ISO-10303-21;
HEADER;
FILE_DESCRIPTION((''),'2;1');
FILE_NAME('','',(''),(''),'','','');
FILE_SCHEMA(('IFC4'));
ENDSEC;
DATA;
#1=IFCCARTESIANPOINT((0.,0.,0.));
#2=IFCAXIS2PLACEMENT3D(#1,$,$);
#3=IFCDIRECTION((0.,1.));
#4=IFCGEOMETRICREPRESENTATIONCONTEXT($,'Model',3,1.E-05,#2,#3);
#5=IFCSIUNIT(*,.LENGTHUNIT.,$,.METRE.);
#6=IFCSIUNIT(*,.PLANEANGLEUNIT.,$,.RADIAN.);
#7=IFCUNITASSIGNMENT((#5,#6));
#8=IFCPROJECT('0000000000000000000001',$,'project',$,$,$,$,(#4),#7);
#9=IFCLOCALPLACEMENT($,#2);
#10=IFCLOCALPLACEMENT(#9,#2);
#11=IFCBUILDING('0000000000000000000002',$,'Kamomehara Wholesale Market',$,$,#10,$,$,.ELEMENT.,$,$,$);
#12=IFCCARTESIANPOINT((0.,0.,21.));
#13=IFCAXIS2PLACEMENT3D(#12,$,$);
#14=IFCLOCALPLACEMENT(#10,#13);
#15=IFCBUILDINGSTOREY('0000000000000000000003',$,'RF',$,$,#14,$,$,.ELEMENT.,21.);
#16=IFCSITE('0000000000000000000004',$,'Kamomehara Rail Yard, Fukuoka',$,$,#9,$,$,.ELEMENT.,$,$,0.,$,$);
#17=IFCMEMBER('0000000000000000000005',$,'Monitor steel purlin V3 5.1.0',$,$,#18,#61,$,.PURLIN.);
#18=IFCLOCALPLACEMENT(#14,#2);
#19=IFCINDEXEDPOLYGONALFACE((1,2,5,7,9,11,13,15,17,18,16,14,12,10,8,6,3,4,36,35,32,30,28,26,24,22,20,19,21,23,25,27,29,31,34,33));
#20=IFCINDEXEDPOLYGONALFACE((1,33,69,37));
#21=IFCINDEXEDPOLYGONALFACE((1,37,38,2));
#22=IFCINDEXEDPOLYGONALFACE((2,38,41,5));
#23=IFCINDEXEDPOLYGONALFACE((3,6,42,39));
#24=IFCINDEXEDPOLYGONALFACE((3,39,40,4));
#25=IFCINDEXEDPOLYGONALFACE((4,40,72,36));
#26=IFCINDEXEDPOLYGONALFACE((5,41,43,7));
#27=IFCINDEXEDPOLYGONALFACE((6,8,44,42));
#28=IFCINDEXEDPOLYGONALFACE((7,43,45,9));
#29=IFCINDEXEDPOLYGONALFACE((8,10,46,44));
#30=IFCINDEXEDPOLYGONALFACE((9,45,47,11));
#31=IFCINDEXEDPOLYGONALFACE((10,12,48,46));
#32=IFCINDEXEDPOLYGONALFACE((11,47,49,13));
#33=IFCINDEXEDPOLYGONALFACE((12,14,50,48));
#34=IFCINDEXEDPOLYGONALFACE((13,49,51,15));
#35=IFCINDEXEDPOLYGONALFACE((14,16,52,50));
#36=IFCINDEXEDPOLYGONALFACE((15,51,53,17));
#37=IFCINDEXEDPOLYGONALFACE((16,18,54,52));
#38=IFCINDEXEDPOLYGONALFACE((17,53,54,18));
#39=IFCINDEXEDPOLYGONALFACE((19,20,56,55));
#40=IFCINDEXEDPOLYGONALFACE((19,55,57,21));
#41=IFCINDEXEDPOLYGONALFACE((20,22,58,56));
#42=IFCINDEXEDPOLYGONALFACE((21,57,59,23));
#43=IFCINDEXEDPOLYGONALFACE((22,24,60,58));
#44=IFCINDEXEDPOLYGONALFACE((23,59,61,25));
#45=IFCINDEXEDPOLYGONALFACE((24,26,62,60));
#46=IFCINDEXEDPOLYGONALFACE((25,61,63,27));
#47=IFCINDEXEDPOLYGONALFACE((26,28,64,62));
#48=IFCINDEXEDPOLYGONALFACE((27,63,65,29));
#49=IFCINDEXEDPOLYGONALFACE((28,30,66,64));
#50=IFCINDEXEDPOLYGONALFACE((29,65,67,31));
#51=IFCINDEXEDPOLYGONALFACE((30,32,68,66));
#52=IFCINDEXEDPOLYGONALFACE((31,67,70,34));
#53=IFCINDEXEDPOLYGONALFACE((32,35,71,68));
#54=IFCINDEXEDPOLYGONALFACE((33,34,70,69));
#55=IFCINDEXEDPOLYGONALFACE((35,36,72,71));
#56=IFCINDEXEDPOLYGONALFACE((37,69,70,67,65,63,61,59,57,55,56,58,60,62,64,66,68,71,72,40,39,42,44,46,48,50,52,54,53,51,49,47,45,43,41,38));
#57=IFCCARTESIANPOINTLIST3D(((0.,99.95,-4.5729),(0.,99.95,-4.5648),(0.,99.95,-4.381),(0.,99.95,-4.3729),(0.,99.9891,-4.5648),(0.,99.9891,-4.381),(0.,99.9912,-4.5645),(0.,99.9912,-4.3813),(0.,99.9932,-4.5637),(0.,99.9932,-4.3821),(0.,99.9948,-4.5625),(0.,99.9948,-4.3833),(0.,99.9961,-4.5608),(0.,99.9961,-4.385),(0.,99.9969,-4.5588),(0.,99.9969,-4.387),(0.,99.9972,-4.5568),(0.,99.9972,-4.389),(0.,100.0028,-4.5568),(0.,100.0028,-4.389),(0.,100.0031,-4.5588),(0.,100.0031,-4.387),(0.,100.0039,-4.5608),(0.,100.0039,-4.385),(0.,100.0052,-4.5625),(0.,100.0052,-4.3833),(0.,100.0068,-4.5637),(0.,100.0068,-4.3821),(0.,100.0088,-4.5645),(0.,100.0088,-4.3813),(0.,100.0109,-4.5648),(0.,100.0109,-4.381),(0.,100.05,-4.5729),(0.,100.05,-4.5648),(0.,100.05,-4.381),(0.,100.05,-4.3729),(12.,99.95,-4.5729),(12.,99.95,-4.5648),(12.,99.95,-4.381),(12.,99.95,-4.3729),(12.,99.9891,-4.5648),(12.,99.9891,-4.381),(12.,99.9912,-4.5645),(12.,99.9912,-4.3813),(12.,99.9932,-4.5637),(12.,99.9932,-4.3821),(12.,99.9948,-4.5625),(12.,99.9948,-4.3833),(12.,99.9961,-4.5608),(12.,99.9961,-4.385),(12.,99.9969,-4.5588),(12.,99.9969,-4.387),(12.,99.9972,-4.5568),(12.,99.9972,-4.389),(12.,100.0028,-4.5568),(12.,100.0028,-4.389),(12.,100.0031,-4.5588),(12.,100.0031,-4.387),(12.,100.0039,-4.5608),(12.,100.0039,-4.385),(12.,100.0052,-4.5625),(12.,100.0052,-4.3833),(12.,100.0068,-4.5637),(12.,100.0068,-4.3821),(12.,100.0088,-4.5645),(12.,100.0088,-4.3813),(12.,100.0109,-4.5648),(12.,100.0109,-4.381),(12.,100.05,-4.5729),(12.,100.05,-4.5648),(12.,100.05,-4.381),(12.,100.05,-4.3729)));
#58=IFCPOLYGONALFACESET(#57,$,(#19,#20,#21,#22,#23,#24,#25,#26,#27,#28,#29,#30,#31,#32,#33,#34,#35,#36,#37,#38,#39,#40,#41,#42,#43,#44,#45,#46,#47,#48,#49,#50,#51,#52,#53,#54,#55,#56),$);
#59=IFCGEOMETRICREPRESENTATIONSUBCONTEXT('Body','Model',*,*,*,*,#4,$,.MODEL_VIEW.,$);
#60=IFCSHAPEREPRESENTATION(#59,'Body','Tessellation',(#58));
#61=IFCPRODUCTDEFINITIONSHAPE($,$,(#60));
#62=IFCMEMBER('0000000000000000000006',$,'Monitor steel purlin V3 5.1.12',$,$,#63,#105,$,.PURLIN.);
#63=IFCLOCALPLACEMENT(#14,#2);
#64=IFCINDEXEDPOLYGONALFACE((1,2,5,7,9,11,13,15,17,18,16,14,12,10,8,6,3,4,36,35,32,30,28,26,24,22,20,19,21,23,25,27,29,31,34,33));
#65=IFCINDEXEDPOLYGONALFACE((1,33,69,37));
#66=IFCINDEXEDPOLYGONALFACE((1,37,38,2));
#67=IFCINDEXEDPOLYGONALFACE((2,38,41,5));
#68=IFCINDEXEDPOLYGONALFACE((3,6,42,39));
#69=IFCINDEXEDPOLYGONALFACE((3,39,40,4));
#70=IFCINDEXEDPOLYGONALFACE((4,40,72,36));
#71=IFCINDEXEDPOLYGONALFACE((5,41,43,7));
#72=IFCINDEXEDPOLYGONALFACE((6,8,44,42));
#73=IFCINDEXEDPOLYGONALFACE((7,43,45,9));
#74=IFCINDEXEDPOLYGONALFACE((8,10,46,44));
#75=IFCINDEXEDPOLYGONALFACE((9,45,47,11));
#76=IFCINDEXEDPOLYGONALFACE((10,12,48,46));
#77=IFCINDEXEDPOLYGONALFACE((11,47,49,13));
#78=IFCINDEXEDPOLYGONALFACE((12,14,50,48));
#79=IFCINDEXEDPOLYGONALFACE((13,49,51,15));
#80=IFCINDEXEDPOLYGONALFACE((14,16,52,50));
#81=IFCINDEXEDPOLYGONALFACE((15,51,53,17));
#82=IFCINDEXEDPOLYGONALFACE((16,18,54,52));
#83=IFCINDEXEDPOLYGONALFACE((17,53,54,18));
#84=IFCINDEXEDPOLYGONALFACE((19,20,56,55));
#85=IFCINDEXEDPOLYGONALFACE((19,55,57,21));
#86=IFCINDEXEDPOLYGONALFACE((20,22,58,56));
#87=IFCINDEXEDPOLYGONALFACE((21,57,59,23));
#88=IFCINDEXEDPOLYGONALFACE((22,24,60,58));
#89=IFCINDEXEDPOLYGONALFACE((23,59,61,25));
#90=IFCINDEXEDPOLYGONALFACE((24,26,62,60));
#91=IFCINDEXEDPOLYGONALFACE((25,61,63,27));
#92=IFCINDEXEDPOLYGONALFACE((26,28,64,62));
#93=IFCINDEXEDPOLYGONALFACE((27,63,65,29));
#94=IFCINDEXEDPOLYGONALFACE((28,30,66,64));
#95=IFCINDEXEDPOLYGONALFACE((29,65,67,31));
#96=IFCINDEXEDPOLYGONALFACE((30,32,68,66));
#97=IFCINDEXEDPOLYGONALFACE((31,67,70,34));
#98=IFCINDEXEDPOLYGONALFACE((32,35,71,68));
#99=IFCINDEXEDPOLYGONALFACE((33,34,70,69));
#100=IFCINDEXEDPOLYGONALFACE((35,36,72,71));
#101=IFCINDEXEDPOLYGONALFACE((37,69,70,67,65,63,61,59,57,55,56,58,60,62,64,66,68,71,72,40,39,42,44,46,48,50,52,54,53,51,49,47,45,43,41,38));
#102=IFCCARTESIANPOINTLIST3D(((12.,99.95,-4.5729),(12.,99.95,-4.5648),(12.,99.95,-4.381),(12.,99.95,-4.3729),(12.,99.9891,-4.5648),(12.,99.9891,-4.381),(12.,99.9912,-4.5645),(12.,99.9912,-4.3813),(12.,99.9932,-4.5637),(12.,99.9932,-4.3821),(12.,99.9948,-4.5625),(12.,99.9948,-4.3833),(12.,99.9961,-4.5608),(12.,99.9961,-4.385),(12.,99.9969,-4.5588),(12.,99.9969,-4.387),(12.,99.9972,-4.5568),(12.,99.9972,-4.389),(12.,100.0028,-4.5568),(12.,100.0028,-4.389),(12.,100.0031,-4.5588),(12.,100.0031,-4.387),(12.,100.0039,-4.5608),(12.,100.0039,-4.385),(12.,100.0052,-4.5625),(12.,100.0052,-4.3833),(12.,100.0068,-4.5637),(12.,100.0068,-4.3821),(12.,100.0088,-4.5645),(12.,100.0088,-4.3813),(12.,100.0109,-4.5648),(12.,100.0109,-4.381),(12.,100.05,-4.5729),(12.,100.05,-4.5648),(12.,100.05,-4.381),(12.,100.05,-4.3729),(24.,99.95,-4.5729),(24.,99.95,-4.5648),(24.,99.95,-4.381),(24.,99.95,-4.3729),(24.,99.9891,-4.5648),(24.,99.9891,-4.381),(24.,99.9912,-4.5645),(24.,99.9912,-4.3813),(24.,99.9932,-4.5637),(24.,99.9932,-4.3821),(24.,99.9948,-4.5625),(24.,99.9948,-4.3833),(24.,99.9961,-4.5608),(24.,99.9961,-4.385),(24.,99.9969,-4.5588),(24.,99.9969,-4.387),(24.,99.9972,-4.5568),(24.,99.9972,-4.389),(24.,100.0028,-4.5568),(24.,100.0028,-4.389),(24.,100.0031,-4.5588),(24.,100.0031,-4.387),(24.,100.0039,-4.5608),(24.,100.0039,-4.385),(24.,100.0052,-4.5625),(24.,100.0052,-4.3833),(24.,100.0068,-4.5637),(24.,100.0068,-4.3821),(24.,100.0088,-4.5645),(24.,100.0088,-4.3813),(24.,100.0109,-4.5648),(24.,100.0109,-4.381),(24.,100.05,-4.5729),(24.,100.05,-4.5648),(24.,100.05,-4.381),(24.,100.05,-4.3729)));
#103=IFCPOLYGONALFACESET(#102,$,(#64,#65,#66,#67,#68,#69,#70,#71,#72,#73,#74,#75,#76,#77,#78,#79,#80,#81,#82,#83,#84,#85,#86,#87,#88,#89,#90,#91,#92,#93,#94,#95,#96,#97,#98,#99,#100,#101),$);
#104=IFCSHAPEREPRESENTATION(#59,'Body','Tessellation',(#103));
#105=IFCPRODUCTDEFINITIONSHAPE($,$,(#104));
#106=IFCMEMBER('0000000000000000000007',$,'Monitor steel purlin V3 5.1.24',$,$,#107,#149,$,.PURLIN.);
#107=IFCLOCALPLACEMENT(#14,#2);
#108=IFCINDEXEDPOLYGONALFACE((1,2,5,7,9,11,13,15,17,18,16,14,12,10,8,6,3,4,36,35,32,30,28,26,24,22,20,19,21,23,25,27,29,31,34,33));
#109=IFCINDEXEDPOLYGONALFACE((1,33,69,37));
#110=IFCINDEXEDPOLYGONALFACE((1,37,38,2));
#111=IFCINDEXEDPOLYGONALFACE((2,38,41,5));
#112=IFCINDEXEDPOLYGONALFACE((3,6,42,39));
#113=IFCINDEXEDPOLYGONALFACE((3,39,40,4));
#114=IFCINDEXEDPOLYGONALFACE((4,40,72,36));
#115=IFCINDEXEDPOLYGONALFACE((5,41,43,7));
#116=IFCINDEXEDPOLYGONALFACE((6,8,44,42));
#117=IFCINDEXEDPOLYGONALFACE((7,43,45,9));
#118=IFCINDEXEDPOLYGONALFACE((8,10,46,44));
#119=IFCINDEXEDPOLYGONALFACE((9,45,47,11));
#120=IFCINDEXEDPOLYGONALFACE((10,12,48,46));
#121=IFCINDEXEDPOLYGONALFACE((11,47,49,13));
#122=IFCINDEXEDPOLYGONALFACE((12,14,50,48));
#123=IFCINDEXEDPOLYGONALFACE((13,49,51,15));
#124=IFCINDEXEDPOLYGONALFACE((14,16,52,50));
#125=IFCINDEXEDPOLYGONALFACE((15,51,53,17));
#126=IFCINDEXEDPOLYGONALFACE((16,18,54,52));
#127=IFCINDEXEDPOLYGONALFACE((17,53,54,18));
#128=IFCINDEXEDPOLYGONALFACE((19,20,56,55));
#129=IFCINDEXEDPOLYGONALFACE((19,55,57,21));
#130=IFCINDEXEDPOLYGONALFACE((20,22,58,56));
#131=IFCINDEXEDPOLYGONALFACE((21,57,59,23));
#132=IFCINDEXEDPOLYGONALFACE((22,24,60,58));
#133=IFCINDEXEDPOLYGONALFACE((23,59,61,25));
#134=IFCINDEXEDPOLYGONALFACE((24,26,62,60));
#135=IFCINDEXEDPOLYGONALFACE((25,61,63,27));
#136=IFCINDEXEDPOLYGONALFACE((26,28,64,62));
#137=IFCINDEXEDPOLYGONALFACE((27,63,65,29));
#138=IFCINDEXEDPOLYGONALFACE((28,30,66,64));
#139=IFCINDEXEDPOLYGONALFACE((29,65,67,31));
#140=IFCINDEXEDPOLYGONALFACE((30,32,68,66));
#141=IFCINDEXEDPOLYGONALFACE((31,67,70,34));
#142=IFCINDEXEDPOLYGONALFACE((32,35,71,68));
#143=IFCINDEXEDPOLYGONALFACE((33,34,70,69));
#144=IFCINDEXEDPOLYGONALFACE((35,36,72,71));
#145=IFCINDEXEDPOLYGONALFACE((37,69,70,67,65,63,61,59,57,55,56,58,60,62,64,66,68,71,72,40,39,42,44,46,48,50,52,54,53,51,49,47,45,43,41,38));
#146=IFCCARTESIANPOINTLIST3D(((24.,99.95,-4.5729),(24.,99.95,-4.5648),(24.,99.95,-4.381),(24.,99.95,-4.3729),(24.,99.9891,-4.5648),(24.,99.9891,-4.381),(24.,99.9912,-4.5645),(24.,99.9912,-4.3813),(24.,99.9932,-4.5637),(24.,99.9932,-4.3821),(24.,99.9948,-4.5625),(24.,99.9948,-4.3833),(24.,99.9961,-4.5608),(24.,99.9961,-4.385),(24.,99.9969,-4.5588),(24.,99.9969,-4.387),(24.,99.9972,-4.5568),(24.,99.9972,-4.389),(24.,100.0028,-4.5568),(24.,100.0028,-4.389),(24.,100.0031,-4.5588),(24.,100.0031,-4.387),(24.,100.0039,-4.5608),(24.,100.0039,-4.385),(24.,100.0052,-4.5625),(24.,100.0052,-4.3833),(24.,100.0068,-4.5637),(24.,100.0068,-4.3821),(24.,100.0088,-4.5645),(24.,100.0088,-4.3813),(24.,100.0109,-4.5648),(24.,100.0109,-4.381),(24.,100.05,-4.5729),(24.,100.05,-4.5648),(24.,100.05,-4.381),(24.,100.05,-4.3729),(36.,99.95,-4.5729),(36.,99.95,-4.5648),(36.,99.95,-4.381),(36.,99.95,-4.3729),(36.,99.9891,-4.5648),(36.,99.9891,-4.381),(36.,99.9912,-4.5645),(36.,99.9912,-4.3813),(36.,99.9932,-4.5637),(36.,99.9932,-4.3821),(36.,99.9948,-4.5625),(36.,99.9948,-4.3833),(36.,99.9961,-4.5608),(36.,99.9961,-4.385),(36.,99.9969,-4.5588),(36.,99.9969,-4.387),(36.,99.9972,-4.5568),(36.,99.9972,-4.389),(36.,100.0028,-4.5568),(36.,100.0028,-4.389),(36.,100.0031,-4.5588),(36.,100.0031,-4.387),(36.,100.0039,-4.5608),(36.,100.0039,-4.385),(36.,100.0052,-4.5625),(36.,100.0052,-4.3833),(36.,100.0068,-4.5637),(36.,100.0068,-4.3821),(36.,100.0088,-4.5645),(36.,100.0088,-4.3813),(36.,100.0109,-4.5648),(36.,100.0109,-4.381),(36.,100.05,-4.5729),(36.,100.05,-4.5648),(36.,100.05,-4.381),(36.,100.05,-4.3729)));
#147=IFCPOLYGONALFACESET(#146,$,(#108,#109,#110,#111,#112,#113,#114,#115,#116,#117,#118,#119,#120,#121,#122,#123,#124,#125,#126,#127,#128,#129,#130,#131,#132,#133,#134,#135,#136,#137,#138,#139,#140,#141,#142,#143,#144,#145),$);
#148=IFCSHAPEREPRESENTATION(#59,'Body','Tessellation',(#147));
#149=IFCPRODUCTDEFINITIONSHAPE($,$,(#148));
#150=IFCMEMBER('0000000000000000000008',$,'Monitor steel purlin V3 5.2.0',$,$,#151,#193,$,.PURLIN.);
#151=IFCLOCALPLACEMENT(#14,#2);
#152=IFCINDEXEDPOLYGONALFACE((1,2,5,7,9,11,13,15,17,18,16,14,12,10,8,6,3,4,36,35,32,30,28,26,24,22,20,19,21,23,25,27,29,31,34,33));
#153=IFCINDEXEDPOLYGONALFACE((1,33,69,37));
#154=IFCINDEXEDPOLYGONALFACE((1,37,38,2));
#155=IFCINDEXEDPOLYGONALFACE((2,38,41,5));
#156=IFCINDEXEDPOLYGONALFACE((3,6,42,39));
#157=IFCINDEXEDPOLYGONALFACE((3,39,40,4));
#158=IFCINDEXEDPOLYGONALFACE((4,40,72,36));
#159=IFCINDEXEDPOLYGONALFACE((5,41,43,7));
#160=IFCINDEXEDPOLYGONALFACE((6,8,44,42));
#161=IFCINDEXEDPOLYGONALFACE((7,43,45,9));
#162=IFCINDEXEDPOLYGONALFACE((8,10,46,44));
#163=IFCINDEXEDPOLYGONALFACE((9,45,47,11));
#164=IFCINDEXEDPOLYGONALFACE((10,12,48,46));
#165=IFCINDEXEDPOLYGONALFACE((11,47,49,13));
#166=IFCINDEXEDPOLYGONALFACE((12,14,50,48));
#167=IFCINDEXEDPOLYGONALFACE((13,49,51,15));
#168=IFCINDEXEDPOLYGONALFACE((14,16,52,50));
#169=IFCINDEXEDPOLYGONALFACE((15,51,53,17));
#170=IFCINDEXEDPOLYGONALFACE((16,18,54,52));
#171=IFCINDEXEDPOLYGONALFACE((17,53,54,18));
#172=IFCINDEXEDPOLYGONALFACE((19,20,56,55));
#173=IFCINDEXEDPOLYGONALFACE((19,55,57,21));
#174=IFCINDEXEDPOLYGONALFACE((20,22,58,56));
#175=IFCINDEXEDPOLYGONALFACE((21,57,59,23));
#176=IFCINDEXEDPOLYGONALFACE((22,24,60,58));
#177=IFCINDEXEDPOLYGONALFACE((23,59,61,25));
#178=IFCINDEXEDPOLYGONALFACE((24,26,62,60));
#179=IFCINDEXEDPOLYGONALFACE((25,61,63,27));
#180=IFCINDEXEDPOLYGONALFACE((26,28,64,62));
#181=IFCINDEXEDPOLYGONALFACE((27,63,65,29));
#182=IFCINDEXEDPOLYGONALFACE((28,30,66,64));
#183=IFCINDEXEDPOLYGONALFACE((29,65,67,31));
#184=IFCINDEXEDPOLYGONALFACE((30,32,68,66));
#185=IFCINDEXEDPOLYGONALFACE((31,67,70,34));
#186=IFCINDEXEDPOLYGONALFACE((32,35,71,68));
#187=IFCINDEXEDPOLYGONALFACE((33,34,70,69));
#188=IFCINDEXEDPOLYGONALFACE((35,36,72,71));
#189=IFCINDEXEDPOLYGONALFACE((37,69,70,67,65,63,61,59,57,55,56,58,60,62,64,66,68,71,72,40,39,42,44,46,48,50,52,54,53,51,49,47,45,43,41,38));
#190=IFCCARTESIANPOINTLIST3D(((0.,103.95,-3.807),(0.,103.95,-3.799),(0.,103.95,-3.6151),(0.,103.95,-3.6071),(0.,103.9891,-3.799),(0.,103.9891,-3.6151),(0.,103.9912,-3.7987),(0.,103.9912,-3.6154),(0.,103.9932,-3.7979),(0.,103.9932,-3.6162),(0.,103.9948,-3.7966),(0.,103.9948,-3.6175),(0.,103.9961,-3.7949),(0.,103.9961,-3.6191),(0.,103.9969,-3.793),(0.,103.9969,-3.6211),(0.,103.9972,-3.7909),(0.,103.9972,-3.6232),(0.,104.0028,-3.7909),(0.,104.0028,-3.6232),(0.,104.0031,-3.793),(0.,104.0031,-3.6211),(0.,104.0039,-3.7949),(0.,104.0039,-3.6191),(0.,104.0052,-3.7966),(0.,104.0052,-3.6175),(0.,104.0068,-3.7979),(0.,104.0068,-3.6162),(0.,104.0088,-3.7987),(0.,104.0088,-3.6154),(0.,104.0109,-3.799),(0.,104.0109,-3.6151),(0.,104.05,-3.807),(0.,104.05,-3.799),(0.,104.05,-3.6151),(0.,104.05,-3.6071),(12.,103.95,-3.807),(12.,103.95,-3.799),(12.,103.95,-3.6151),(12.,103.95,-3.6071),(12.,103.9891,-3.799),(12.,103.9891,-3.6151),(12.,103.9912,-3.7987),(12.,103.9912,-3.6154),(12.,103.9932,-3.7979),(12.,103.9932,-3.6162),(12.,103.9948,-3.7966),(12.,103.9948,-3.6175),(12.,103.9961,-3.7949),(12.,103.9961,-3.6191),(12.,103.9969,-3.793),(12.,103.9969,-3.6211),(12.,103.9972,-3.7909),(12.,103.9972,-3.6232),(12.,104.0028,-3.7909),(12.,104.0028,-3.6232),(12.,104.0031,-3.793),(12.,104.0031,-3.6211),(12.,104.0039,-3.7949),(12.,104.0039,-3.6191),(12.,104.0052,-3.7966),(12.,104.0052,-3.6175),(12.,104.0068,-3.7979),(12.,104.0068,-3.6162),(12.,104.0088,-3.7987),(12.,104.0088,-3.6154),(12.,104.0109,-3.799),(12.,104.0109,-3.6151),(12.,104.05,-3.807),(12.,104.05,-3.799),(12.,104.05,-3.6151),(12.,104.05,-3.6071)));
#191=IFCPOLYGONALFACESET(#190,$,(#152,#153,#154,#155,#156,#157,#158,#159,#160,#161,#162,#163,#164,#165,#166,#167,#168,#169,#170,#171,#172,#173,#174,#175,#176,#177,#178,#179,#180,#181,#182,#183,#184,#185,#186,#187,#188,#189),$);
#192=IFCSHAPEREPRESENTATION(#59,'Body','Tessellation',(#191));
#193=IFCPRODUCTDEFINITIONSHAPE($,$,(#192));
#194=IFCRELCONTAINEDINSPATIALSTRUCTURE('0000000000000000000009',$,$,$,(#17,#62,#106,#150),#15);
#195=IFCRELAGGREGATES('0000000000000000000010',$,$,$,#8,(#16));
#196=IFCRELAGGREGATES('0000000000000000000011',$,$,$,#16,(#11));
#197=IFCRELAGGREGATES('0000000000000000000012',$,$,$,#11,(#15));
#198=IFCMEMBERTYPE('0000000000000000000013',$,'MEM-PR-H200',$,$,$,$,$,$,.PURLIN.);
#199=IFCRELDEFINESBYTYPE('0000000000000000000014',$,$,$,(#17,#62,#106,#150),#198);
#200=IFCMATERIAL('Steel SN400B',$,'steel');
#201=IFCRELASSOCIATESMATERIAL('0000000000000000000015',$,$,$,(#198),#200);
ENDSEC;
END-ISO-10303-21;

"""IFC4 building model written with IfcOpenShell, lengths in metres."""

from ifc_helpers import new_model, si_unit, direction, frame, origin, origin_2d, place, context, subcontext, project, spatial, i_section, extrude, material, material_profile, profile_set, type_object, element, save


model = new_model("IFC4")

# Units and contexts
model_context = context("Model", 3, precision=1e-05, world=origin(), true_north=direction((0.0, 1.0)))
body_context = subcontext(model_context, "Body", "Model", "MODEL_VIEW")
ifc_project = project(units=[si_unit("LENGTHUNIT", "METRE"), si_unit("PLANEANGLEUNIT", "RADIAN")], contexts=[model_context])

# Site, building, storey
site_placement = place(None, origin())
site = spatial("IfcSite", under=ifc_project, at=site_placement, Name="Kamomehara Rail Yard, Fukuoka", CompositionType="ELEMENT", RefElevation=0.0)
building_placement = place(site_placement, origin())
building = spatial("IfcBuilding", under=site, at=building_placement, Name="Kamomehara Wholesale Market", CompositionType="ELEMENT")
storey_placement = place(building_placement, frame((0.0, 0.0, 21.0)))
storey = spatial("IfcBuildingStorey", under=building, at=storey_placement, Name="RF", CompositionType="ELEMENT", Elevation=21.0)

# Members
ifc_material_1 = material(Name="Steel SN400B", Category="steel")
ifc_material_profile_1 = material_profile(ifc_material_1, i_section(OverallWidth=0.1001, OverallDepth=0.2, WebThickness=0.0056, FlangeThickness=0.0081, FilletRadius=0.0081, at=origin_2d()), Name="H-200x100x5.5x8")
ifc_profile_set_1 = profile_set([ifc_material_profile_1], Name="Steel SN400B")
member_type = type_object("IfcMemberType", Name="MEM-PR-H200", PredefinedType="PURLIN", material=ifc_profile_set_1)
for number, where, z_axis, x_axis, name in (
    (1, (0.0, 100.0, -4.4729), (1.0, 0.0, 0.0), (0.0, 1.0, 0.0), "Monitor steel purlin V3 5.1.0"),
    (2, (12.0, 100.0, -4.4729), (1.0, 0.0, 0.0), (0.0, 1.0, 0.0), "Monitor steel purlin V3 5.1.12"),
    (3, (24.0, 100.0, -4.4729), (1.0, 0.0, 0.0), (0.0, 1.0, 0.0), "Monitor steel purlin V3 5.1.24"),
    (4, (0.0, 104.0, -3.707), (1.0, 0.0, 0.0), (0.0, 1.0, 0.0), "Monitor steel purlin V3 5.2.0"),
):
    element("IfcMember", number, at=place(storey_placement, frame(where, z_axis=z_axis, x_axis=x_axis)), inside=storey, type_object=member_type, Name=name, PredefinedType="PURLIN", context=body_context, shape_type="SweptSolid", body=[
        extrude(i_section(OverallWidth=0.1001, OverallDepth=0.2, WebThickness=0.0056, FlangeThickness=0.0081, FilletRadius=0.0081, at=origin_2d()), origin(), (0.0, 0.0, 1.0), 12.0),
    ])

save(model, "model.ifc")
